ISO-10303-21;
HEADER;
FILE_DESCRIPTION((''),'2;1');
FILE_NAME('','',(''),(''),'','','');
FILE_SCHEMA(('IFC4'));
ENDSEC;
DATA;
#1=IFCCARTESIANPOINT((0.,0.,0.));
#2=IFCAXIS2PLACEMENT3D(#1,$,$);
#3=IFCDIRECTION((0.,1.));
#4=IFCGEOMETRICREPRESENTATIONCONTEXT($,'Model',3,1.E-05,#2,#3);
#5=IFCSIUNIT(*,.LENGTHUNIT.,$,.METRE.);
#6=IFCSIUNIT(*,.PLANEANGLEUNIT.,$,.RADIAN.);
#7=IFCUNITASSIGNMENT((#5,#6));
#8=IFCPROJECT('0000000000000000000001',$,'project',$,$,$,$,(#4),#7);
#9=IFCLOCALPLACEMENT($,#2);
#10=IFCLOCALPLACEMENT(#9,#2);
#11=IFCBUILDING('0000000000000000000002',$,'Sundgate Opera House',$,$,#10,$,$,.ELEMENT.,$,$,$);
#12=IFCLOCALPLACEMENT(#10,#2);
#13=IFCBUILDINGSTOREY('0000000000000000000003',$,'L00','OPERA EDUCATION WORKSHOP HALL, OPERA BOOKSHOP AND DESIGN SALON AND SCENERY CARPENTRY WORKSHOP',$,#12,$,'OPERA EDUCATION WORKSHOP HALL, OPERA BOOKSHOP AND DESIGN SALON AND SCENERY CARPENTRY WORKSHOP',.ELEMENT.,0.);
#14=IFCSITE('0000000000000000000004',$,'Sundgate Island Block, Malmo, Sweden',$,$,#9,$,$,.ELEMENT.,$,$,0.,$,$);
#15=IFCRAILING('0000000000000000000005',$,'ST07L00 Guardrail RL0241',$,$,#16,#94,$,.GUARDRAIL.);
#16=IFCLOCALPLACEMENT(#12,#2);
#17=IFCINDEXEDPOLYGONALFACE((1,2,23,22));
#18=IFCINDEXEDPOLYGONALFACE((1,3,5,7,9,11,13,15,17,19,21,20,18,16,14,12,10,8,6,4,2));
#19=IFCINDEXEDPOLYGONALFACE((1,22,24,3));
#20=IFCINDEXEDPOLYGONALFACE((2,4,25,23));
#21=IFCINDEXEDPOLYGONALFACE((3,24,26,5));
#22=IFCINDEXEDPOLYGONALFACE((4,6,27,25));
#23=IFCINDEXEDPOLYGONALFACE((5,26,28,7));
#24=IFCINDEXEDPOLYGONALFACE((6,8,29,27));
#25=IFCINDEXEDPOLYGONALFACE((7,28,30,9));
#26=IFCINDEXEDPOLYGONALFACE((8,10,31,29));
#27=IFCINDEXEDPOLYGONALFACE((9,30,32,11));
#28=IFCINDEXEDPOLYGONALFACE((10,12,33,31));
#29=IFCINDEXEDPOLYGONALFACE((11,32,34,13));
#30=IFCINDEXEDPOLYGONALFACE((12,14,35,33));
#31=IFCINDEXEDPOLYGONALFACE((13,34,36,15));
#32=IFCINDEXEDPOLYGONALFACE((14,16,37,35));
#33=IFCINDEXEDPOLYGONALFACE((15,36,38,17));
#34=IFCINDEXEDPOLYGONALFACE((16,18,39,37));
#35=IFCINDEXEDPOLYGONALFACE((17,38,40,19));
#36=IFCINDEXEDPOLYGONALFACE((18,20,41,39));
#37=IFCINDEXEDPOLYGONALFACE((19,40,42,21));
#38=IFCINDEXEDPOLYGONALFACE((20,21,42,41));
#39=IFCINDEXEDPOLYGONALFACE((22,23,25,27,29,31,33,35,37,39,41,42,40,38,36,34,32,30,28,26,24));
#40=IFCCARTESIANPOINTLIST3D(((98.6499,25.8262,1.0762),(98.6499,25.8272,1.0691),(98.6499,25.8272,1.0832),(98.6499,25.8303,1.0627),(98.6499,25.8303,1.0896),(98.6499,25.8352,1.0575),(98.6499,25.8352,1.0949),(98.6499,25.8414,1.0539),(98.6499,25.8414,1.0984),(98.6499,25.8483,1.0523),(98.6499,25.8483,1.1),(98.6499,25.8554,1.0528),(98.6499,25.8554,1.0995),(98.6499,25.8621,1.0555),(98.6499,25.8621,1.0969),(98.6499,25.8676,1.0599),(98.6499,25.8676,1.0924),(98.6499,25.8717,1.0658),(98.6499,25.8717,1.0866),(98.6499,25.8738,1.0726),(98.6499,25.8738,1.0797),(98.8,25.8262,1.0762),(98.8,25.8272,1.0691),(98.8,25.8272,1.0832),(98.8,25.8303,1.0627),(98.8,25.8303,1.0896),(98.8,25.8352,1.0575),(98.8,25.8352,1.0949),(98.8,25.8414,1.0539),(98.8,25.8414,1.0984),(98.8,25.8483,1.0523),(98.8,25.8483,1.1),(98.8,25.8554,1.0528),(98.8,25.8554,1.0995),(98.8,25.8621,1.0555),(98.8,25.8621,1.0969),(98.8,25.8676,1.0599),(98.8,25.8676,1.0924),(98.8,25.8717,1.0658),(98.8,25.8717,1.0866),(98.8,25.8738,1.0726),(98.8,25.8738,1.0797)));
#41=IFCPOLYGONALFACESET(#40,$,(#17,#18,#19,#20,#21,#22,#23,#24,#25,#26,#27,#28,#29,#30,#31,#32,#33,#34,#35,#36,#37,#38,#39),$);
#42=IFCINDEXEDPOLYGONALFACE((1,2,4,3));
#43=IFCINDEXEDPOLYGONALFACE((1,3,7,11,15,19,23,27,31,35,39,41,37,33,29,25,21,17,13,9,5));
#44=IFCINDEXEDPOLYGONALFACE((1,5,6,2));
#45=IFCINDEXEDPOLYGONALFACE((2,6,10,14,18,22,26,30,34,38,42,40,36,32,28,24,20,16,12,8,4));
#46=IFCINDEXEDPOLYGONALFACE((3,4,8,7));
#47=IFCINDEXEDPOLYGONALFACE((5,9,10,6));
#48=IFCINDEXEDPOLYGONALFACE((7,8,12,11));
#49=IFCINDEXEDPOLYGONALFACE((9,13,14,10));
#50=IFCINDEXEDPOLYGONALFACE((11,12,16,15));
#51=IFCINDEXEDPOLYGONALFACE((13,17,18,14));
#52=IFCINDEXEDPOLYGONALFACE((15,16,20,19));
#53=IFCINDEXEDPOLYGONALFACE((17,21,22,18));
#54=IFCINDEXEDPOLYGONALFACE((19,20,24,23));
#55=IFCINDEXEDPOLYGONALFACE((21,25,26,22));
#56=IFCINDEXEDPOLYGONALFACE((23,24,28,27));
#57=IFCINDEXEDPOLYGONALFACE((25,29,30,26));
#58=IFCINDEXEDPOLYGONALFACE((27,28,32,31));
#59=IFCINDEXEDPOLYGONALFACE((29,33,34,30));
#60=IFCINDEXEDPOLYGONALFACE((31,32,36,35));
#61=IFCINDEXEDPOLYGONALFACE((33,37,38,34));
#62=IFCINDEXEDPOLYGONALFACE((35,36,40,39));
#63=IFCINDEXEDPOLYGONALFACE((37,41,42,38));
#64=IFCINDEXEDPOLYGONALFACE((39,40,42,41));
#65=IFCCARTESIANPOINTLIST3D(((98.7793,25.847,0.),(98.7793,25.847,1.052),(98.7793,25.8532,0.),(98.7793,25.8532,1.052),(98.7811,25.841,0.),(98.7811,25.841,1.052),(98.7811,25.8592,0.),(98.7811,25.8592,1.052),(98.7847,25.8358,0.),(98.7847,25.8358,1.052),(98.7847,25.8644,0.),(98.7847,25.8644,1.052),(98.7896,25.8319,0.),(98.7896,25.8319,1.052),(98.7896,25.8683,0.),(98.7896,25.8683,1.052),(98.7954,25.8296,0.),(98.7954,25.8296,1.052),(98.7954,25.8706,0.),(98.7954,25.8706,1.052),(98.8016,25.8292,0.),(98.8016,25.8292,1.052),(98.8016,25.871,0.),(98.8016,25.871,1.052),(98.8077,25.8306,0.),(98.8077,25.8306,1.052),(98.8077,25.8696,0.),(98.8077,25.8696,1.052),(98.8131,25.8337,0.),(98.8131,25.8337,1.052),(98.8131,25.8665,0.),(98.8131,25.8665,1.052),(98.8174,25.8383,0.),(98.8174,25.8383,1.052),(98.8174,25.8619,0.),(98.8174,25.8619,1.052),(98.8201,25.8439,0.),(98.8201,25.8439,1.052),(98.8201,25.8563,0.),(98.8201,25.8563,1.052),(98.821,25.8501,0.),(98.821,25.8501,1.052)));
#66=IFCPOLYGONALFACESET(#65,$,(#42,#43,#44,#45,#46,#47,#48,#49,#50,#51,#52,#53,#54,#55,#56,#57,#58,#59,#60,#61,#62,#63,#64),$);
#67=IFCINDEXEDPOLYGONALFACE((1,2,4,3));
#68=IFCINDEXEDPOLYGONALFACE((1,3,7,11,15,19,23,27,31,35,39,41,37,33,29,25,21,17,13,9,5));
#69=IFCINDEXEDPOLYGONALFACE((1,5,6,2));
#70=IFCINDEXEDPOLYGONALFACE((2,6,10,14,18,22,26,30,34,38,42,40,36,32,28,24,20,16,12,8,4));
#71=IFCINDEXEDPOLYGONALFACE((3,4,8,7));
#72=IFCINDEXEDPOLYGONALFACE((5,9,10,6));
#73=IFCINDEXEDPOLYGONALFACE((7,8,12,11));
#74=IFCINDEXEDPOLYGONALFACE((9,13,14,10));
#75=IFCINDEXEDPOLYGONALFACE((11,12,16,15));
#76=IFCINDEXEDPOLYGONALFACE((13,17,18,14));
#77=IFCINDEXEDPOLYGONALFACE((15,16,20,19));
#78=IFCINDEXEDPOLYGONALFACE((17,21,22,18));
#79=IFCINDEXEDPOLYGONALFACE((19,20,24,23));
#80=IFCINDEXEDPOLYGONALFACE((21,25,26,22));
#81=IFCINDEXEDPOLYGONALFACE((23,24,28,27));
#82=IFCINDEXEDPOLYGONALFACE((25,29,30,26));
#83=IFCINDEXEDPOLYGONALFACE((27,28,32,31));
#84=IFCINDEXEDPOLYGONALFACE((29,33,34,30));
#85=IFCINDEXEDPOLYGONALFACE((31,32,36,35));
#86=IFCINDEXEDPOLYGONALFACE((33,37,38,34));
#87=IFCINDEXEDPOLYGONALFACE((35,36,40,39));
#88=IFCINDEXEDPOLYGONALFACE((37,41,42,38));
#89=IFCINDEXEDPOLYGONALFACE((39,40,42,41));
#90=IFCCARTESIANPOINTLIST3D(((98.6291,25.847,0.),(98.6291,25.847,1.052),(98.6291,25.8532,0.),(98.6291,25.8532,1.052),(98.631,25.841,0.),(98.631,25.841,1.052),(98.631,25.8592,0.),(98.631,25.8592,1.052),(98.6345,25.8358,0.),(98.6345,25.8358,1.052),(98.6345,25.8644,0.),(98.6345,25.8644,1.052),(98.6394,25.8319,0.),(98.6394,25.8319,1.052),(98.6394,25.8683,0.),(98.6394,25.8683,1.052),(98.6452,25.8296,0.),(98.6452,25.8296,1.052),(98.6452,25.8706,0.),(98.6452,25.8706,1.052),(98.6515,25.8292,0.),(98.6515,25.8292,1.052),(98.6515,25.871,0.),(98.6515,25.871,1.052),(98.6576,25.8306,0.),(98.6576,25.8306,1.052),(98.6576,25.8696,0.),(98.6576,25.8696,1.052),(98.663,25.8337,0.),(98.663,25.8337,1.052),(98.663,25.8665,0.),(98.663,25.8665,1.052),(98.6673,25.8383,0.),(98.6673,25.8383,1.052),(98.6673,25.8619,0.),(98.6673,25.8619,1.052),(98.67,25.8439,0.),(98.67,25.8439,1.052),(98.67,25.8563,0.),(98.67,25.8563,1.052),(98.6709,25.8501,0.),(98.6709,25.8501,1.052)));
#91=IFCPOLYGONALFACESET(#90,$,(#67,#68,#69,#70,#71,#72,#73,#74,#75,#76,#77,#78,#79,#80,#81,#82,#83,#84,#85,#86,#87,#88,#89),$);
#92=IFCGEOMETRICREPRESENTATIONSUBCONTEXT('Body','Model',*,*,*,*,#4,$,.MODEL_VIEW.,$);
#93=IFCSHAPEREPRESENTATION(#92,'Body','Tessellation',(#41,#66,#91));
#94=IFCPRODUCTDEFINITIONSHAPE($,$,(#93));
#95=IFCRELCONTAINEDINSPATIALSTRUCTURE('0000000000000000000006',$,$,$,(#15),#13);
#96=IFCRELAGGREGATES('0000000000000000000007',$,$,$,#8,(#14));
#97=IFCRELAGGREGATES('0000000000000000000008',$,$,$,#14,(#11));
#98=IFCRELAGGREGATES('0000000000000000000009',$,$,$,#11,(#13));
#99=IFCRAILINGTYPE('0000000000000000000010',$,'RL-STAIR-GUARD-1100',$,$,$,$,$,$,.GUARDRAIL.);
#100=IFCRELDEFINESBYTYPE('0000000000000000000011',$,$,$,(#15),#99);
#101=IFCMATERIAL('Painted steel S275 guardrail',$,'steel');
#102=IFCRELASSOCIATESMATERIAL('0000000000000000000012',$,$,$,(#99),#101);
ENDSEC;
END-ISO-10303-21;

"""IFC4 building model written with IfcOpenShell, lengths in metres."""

from ifc_helpers import new_model, si_unit, direction, frame, origin, origin_2d, place, context, subcontext, project, spatial, circle, extrude, material, type_object, element, save


model = new_model("IFC4")

# Units and contexts
model_context = context("Model", 3, precision=1e-05, world=origin(), true_north=direction((0.0, 1.0)))
body_context = subcontext(model_context, "Body", "Model", "MODEL_VIEW")
ifc_project = project(units=[si_unit("LENGTHUNIT", "METRE"), si_unit("PLANEANGLEUNIT", "RADIAN")], contexts=[model_context])

# Site, building, storey
site_placement = place(None, origin())
site = spatial("IfcSite", under=ifc_project, at=site_placement, Name="Sundgate Island Block, Malmo, Sweden", CompositionType="ELEMENT", RefElevation=0.0)
building_placement = place(site_placement, origin())
building = spatial("IfcBuilding", under=site, at=building_placement, Name="Sundgate Opera House", CompositionType="ELEMENT")
storey_placement = place(building_placement, origin())
storey = spatial("IfcBuildingStorey", under=building, at=storey_placement, Name="L00", Description="OPERA EDUCATION WORKSHOP HALL, OPERA BOOKSHOP AND DESIGN SALON AND SCENERY CARPENTRY WORKSHOP", LongName="OPERA EDUCATION WORKSHOP HALL, OPERA BOOKSHOP AND DESIGN SALON AND SCENERY CARPENTRY WORKSHOP", CompositionType="ELEMENT", Elevation=0.0)

# Railing
ifc_material_1 = material(Name="Painted steel S275 guardrail", Category="steel")
railing_type_1 = type_object("IfcRailingType", Name="RL-STAIR-GUARD-1100", PredefinedType="GUARDRAIL", material=ifc_material_1)
railing_1_placement = place(storey_placement, frame((98.8, 25.8501, 0.0)))
element("IfcRailing", 1, at=railing_1_placement, inside=storey, type_object=railing_type_1, Name="ST07L00 Guardrail RL0241", PredefinedType="GUARDRAIL", context=body_context, shape_type="SweptSolid", body=[
    extrude(circle(Radius=0.0239, at=origin_2d()), frame((0.0, 0.0, 1.0762), z_axis=(-1.0, 0.0, 0.0), x_axis=(0.0, -1.0, 0.0)), (0.0, 0.0, 1.0), 0.1501),
    extrude(circle(Radius=0.021, at=origin_2d()), origin(), (0.0, 0.0, 1.0), 1.052),
    extrude(circle(Radius=0.021, at=origin_2d()), frame((-0.1501, 0.0, 0.0)), (0.0, 0.0, 1.0), 1.052),
])

save(model, "model.ifc")
